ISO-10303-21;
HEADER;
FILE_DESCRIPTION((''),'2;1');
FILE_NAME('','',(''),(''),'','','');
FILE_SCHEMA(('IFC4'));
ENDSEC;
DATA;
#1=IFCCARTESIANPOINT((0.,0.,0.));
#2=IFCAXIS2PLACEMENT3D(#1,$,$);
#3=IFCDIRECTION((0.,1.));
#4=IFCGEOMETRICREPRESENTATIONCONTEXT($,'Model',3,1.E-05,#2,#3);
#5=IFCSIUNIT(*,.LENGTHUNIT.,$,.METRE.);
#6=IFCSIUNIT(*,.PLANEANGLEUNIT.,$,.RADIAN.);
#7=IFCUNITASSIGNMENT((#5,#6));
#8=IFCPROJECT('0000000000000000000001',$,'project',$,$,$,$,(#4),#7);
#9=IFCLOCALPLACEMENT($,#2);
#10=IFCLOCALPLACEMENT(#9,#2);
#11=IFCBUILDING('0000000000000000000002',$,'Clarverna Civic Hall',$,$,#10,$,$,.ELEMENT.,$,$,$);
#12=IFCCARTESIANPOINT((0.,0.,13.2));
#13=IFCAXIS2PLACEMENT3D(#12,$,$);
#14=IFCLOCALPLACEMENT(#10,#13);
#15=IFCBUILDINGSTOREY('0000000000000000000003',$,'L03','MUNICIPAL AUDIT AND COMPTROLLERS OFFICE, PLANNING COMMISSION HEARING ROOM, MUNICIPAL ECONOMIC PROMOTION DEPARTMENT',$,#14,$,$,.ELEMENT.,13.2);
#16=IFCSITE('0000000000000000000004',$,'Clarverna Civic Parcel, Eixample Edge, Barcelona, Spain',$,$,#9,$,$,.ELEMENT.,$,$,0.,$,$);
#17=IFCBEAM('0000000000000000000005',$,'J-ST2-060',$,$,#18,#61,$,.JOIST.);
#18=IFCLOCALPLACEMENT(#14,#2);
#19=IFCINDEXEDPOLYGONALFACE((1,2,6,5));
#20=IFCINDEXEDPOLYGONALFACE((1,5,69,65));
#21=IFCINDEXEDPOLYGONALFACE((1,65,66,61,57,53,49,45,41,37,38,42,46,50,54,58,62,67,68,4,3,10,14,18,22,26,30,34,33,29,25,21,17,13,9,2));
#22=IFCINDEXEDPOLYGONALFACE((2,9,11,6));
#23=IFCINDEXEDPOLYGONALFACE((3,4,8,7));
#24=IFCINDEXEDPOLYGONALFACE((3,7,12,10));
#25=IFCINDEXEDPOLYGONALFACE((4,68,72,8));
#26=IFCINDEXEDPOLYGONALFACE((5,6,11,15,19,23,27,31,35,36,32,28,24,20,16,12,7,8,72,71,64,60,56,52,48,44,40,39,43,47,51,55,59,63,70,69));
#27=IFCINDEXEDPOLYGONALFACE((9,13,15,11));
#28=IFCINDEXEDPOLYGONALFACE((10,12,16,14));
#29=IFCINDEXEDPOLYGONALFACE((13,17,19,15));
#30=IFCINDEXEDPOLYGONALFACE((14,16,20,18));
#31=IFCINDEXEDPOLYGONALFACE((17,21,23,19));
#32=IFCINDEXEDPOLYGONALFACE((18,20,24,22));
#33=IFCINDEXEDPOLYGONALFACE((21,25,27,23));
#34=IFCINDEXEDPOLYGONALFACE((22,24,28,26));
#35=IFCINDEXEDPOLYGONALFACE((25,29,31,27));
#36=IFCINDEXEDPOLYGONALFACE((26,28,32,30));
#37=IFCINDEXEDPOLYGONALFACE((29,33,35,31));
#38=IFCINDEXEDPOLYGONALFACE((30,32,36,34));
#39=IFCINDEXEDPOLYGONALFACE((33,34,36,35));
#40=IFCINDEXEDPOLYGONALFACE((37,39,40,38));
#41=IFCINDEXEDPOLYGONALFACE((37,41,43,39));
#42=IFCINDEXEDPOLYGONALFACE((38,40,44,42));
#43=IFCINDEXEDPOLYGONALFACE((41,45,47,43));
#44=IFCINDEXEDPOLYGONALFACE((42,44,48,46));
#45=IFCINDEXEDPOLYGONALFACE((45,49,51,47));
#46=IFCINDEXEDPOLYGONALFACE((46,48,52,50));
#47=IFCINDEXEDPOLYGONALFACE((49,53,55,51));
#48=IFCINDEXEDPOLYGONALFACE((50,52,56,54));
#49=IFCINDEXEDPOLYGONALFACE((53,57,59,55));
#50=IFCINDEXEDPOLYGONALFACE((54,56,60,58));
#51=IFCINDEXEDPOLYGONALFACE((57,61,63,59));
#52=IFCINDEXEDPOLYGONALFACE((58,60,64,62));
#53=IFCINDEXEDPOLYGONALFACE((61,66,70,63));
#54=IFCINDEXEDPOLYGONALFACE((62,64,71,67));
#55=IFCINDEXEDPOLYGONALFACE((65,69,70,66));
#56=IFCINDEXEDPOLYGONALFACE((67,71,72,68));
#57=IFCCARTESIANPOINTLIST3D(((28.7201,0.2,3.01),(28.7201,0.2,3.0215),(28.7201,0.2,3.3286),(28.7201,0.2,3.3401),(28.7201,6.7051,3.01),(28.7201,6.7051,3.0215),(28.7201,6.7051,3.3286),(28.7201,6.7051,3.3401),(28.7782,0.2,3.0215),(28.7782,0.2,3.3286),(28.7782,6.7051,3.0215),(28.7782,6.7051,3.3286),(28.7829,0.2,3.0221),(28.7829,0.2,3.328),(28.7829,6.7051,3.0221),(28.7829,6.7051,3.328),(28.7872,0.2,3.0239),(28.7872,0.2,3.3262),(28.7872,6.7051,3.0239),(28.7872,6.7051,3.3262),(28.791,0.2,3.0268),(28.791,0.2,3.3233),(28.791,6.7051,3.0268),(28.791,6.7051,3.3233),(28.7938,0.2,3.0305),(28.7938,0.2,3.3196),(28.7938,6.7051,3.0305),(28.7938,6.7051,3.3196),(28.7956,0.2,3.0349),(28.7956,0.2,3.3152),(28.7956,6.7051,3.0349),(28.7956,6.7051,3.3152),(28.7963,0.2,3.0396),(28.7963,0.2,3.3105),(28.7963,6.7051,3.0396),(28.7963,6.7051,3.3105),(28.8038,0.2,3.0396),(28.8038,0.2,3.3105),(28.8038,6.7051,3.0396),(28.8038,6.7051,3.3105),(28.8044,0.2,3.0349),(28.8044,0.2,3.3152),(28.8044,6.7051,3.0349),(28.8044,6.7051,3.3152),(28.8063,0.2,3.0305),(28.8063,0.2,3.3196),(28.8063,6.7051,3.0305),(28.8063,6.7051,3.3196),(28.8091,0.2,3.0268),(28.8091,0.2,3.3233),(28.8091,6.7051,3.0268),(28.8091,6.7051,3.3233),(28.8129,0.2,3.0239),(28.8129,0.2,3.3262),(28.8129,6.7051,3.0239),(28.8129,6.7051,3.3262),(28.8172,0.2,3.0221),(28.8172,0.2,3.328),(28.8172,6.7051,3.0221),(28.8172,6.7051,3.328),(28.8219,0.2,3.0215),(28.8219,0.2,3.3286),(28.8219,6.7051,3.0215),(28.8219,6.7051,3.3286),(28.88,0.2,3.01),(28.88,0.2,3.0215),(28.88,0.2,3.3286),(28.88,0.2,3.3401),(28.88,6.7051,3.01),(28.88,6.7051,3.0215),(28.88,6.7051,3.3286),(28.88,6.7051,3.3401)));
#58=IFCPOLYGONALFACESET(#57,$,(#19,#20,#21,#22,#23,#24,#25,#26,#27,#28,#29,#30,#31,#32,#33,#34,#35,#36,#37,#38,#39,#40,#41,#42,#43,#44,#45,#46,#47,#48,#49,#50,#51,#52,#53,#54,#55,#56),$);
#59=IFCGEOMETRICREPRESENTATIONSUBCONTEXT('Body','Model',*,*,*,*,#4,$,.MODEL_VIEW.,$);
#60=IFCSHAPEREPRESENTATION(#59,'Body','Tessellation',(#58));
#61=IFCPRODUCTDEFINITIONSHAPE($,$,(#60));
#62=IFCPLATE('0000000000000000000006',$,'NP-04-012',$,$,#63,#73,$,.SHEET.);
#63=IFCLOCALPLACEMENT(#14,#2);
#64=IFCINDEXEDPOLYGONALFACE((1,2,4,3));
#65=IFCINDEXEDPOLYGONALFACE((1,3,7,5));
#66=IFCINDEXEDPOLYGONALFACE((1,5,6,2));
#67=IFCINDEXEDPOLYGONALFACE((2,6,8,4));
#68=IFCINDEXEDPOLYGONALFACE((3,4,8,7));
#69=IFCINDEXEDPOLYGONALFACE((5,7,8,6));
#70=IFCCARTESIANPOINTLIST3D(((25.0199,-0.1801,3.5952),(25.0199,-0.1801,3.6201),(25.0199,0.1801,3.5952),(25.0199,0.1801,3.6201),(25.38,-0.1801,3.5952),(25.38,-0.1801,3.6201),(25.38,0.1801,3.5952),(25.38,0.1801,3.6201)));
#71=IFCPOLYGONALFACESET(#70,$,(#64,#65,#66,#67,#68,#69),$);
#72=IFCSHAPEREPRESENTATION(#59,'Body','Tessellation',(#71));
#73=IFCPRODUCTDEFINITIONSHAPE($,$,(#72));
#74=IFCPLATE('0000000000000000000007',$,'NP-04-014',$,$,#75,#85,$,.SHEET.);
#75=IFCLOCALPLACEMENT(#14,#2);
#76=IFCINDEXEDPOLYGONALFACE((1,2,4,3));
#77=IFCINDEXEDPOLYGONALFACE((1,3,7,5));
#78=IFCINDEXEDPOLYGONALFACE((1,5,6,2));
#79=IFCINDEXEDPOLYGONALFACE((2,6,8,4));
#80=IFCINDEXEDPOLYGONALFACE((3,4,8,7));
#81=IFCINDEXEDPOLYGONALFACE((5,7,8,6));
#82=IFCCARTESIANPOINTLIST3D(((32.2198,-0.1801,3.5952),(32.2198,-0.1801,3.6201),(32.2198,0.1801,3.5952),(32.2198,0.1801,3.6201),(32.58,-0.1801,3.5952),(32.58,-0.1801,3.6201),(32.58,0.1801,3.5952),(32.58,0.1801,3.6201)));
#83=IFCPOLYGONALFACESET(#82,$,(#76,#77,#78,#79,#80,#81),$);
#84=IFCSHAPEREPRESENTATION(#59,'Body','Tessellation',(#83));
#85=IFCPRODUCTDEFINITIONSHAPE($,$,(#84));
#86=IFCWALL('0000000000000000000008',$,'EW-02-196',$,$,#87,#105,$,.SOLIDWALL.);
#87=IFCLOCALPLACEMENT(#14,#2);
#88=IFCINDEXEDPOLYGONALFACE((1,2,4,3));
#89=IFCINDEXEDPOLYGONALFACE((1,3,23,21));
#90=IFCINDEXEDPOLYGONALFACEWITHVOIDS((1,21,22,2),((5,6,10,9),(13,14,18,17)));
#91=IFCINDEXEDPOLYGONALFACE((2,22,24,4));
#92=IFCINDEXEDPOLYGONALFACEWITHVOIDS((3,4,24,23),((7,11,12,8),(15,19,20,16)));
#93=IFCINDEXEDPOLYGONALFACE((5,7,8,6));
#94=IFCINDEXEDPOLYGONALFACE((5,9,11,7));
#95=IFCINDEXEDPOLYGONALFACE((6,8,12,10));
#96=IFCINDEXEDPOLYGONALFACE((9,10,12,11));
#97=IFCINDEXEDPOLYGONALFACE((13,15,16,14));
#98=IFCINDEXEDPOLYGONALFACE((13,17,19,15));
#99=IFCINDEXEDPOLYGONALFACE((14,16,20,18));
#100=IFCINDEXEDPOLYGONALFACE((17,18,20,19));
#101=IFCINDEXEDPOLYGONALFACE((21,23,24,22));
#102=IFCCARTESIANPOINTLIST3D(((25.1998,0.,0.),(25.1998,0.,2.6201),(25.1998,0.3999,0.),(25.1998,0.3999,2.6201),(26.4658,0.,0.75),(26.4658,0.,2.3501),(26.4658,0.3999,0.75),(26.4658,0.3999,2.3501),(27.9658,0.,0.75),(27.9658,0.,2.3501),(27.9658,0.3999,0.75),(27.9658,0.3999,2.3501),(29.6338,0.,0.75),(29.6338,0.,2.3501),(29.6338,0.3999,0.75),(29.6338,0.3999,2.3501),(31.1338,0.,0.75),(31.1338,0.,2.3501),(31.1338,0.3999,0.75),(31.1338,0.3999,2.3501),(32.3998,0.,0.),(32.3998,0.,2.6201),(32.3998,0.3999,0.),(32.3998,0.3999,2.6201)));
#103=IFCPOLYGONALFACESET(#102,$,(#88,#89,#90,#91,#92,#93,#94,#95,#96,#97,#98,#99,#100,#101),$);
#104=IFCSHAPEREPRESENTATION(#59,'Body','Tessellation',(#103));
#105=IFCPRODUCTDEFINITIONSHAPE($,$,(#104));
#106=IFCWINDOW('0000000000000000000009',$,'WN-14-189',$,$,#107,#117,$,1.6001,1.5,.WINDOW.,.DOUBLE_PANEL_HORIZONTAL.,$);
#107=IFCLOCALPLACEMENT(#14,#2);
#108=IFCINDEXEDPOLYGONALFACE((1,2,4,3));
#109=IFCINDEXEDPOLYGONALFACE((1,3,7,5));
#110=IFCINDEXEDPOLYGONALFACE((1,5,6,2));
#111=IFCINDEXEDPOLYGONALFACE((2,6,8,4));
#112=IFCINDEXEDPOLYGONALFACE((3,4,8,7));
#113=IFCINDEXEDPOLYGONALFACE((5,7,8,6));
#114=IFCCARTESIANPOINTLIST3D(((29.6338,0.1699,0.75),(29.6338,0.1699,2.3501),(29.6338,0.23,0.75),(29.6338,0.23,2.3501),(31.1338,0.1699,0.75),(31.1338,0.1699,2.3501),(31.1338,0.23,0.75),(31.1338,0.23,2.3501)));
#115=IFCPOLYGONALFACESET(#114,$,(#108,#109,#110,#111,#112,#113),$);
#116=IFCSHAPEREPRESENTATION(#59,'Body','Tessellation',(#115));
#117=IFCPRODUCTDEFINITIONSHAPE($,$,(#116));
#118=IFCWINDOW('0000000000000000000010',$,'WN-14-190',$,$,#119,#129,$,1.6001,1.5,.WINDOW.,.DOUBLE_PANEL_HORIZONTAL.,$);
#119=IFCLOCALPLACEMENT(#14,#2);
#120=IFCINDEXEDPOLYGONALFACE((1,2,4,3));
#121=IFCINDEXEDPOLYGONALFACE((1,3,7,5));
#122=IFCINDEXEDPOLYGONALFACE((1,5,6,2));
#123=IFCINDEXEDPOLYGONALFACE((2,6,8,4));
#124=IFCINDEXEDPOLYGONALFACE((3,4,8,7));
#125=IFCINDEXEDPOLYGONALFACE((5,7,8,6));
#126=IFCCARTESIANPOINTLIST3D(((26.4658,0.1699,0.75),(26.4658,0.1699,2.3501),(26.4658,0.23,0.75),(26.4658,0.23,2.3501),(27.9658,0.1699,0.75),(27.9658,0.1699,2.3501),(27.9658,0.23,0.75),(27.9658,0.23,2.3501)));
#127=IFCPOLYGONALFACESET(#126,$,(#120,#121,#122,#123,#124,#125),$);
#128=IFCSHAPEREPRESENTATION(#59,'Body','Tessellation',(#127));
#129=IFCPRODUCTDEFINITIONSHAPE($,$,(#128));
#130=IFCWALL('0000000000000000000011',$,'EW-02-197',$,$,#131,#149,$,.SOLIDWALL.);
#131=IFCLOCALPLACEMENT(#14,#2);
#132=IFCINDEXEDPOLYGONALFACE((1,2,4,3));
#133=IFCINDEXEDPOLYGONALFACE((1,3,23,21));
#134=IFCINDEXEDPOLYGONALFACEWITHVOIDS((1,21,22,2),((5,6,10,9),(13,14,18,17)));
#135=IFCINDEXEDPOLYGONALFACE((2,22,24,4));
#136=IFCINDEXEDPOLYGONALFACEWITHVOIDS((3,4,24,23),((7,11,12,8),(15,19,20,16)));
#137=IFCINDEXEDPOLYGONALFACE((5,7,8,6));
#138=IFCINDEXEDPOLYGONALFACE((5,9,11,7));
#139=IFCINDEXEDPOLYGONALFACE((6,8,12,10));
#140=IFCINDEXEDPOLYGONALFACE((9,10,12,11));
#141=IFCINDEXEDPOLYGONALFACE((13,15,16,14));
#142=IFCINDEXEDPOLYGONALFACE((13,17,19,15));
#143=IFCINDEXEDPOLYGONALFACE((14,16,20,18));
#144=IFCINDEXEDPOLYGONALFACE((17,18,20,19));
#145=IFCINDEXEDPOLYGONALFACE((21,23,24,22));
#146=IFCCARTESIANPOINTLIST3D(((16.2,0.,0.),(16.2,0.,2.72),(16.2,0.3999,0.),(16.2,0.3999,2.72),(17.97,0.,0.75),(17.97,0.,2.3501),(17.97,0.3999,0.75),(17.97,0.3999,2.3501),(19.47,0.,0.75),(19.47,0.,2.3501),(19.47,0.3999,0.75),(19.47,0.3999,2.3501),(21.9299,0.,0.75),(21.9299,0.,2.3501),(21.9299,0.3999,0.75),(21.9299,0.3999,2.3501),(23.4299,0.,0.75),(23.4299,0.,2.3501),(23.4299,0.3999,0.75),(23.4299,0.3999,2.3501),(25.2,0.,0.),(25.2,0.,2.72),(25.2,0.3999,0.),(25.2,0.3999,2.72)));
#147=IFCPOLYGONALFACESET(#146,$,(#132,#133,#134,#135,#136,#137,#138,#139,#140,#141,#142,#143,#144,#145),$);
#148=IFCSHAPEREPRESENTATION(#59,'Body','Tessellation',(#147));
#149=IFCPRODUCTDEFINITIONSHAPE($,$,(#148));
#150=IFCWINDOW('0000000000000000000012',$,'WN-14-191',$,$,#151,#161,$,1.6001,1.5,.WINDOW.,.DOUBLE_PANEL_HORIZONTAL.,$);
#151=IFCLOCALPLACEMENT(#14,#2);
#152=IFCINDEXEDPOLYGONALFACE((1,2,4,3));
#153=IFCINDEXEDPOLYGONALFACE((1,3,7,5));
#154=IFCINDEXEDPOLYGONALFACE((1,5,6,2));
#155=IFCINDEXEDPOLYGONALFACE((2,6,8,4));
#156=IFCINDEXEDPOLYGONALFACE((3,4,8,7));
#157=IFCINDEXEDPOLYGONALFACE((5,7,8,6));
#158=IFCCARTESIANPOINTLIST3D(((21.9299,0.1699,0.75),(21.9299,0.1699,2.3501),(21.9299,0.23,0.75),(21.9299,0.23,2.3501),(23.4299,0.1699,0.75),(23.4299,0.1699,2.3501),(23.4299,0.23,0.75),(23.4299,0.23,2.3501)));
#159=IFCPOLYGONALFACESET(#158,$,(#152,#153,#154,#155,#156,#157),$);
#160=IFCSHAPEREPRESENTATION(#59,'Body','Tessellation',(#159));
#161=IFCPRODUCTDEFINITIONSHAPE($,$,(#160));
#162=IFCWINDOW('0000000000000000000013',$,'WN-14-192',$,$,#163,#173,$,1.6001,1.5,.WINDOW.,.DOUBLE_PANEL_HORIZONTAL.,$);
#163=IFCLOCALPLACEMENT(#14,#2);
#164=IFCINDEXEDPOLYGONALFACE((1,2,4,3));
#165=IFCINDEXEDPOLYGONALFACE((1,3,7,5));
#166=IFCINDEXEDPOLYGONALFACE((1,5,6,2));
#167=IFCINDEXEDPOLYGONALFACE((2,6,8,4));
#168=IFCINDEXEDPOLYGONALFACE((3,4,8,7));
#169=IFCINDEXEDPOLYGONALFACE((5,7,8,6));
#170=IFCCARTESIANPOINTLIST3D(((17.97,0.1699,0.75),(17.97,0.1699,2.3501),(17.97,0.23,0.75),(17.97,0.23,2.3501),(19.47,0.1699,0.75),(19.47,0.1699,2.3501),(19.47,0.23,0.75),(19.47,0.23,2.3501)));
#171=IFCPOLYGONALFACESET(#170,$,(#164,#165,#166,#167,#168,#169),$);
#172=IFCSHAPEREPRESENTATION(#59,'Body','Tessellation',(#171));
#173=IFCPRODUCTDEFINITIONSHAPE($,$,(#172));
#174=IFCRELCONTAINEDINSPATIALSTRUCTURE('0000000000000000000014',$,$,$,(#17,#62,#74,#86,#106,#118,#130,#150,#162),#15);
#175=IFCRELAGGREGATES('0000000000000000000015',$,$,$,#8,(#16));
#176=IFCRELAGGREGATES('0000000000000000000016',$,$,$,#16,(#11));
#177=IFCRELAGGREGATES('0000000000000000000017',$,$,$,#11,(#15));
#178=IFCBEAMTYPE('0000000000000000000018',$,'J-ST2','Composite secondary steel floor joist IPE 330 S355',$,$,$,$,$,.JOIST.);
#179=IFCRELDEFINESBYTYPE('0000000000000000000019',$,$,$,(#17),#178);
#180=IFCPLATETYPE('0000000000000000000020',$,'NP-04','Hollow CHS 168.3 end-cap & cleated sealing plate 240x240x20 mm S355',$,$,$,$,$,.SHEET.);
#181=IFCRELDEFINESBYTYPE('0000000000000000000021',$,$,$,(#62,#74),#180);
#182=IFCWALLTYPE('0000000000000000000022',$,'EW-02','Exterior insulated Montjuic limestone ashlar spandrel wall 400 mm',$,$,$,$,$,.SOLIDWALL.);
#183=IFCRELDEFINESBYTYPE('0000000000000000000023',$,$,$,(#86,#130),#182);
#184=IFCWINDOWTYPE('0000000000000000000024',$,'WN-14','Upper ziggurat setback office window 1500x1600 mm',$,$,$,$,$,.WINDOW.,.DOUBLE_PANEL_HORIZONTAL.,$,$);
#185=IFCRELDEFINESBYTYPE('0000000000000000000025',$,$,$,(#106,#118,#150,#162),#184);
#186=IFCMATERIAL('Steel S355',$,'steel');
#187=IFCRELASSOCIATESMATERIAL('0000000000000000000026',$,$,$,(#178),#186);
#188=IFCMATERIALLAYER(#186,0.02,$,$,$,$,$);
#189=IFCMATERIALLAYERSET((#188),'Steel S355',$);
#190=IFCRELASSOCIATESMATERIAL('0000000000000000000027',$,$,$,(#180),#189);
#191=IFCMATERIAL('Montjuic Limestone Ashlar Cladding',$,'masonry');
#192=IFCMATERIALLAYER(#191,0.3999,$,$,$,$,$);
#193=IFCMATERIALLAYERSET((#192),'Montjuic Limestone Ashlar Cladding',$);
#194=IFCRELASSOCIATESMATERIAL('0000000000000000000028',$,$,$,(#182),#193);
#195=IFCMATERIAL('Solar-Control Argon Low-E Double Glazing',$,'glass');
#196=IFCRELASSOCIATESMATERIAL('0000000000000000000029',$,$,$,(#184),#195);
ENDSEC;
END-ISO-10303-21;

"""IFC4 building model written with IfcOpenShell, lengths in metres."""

from ifc_helpers import new_model, si_unit, direction, frame, frame_2d, origin, origin_2d, place, context, subcontext, project, spatial, rectangle, i_section, extrude, material, layer, layer_set, material_profile, profile_set, type_object, element, fill, save


model = new_model("IFC4")

# Units and contexts
model_context = context("Model", 3, precision=1e-05, world=origin(), true_north=direction((0.0, 1.0)))
body_context = subcontext(model_context, "Body", "Model", "MODEL_VIEW")
ifc_project = project(units=[si_unit("LENGTHUNIT", "METRE"), si_unit("PLANEANGLEUNIT", "RADIAN")], contexts=[model_context])

# Site, building, storey
site_placement = place(None, origin())
site = spatial("IfcSite", under=ifc_project, at=site_placement, Name="Clarverna Civic Parcel, Eixample Edge, Barcelona, Spain", CompositionType="ELEMENT", RefElevation=0.0)
building_placement = place(site_placement, origin())
building = spatial("IfcBuilding", under=site, at=building_placement, Name="Clarverna Civic Hall", CompositionType="ELEMENT")
storey_placement = place(building_placement, frame((0.0, 0.0, 13.2)))
storey = spatial("IfcBuildingStorey", under=building, at=storey_placement, Name="L03", Description="MUNICIPAL AUDIT AND COMPTROLLERS OFFICE, PLANNING COMMISSION HEARING ROOM, MUNICIPAL ECONOMIC PROMOTION DEPARTMENT", CompositionType="ELEMENT", Elevation=13.2)

# Shared definitions
ifc_material_1 = material(Name="Steel S355", Category="steel")

# Beam
ifc_material_profile_1 = material_profile(ifc_material_1, i_section(OverallWidth=0.1599, OverallDepth=0.3301, WebThickness=0.0076, FlangeThickness=0.0115, FilletRadius=0.0181, at=origin_2d()), Name="IPE 330")
ifc_profile_set_1 = profile_set([ifc_material_profile_1], Name="Steel S355")
beam_type_1 = type_object("IfcBeamType", Name="J-ST2", Description="Composite secondary steel floor joist IPE 330 S355", PredefinedType="JOIST", material=ifc_profile_set_1)
beam_1_placement = place(storey_placement, frame((28.8, 0.2, 3.175), z_axis=(0.0, 1.0, 0.0), x_axis=(-1.0, 0.0, 0.0)))
element("IfcBeam", 1, at=beam_1_placement, inside=storey, type_object=beam_type_1, Name="J-ST2-060", PredefinedType="JOIST", context=body_context, shape_type="SweptSolid", body=[
    extrude(i_section(OverallWidth=0.1599, OverallDepth=0.3301, WebThickness=0.0076, FlangeThickness=0.0115, FilletRadius=0.0181, at=origin_2d()), origin(), (0.0, 0.0, 1.0), 6.5051),
])

# Plates
ifc_layer_1 = layer(ifc_material_1, 0.02)
ifc_layer_set_1 = layer_set([ifc_layer_1], Name="Steel S355")
plate_type = type_object("IfcPlateType", Name="NP-04", Description="Hollow CHS 168.3 end-cap & cleated sealing plate 240x240x20 mm S355", PredefinedType="SHEET", material=ifc_layer_set_1)
for number, where, z_axis, x_axis, name in (
    (2, (25.2, 0.0, 3.5952), (0.0, 0.0, 1.0), (1.0, 0.0, 0.0), "NP-04-012"),
    (3, (32.3999, 0.0, 3.5952), (0.0, 0.0, 1.0), (1.0, 0.0, 0.0), "NP-04-014"),
):
    element("IfcPlate", number, at=place(storey_placement, frame(where, z_axis=z_axis, x_axis=x_axis)), inside=storey, type_object=plate_type, Name=name, PredefinedType="SHEET", context=body_context, shape_type="SweptSolid", body=[
        extrude(rectangle(XDim=0.3601, YDim=0.3601, at=origin_2d()), origin(), (0.0, 0.0, 1.0), 0.0249),
    ])

# Walls, openings, windows
ifc_material_2 = material(Name="Montjuic Limestone Ashlar Cladding", Category="masonry")
ifc_layer_2 = layer(ifc_material_2, 0.3999)
ifc_layer_set_2 = layer_set([ifc_layer_2], Name="Montjuic Limestone Ashlar Cladding")
wall_type_1 = type_object("IfcWallType", Name="EW-02", Description="Exterior insulated Montjuic limestone ashlar spandrel wall 400 mm", PredefinedType="SOLIDWALL", material=ifc_layer_set_2)
wall_1_placement = place(storey_placement, frame((32.3999, 0.2, 0.0), z_axis=(0.0, 0.0, 1.0), x_axis=(-1.0, 0.0, 0.0)))
wall_1 = element("IfcWall", 4, at=wall_1_placement, inside=storey, type_object=wall_type_1, Name="EW-02-196", PredefinedType="SOLIDWALL", context=body_context, shape_type="SweptSolid", body=[
    extrude(rectangle(XDim=7.2, YDim=0.3999, at=frame_2d((3.6001, 0.0))), origin(), (0.0, 0.0, 1.0), 2.6201),
])
opening_1_placement = place(wall_1_placement, frame((1.2661, 0.0, 0.75)))
opening_1 = element("IfcOpeningElement", 5, at=opening_1_placement, cuts=wall_1, PredefinedType="OPENING", context=body_context, shape_type="SweptSolid", body=[
    extrude(rectangle(XDim=1.5, YDim=1.6001, at=frame_2d((0.75, 0.8))), frame((0.0, 0.21, 0.0), z_axis=(0.0, -1.0, 0.0), x_axis=(1.0, 0.0, 0.0)), (0.0, 0.0, 1.0), 0.4199),
])
opening_2_placement = place(wall_1_placement, frame((4.4341, 0.0, 0.75)))
opening_2 = element("IfcOpeningElement", 6, at=opening_2_placement, cuts=wall_1, PredefinedType="OPENING", context=body_context, shape_type="SweptSolid", body=[
    extrude(rectangle(XDim=1.5, YDim=1.6001, at=frame_2d((0.75, 0.8))), frame((0.0, 0.21, 0.0), z_axis=(0.0, -1.0, 0.0), x_axis=(1.0, 0.0, 0.0)), (0.0, 0.0, 1.0), 0.4199),
])
ifc_material_3 = material(Name="Solar-Control Argon Low-E Double Glazing", Category="glass")
window_type = type_object("IfcWindowType", Name="WN-14", Description="Upper ziggurat setback office window 1500x1600 mm", PartitioningType="DOUBLE_PANEL_HORIZONTAL", PredefinedType="WINDOW", material=ifc_material_3)
window_1_placement = place(opening_1_placement, origin())
window_1 = element("IfcWindow", 7, at=window_1_placement, inside=storey, type_object=window_type, Name="WN-14-189", OverallHeight=1.6001, OverallWidth=1.5, PartitioningType="DOUBLE_PANEL_HORIZONTAL", PredefinedType="WINDOW", context=body_context, shape_type="SweptSolid", body=[
    extrude(rectangle(XDim=1.5, YDim=1.6001, at=frame_2d((0.75, 0.8))), frame((0.0, 0.03, 0.0), z_axis=(0.0, -1.0, 0.0), x_axis=(1.0, 0.0, 0.0)), (0.0, 0.0, 1.0), 0.0601),
])
fill(opening_1, window_1)
window_2_placement = place(opening_2_placement, origin())
window_2 = element("IfcWindow", 8, at=window_2_placement, inside=storey, type_object=window_type, Name="WN-14-190", OverallHeight=1.6001, OverallWidth=1.5, PartitioningType="DOUBLE_PANEL_HORIZONTAL", PredefinedType="WINDOW", context=body_context, shape_type="SweptSolid", body=[
    extrude(rectangle(XDim=1.5, YDim=1.6001, at=frame_2d((0.75, 0.8))), frame((0.0, 0.03, 0.0), z_axis=(0.0, -1.0, 0.0), x_axis=(1.0, 0.0, 0.0)), (0.0, 0.0, 1.0), 0.0601),
])
fill(opening_2, window_2)
wall_2_placement = place(storey_placement, frame((25.2, 0.2, 0.0), z_axis=(0.0, 0.0, 1.0), x_axis=(-1.0, 0.0, 0.0)))
wall_2 = element("IfcWall", 9, at=wall_2_placement, inside=storey, type_object=wall_type_1, Name="EW-02-197", PredefinedType="SOLIDWALL", context=body_context, shape_type="SweptSolid", body=[
    extrude(rectangle(XDim=9.0, YDim=0.3999, at=frame_2d((4.5, 0.0))), origin(), (0.0, 0.0, 1.0), 2.72),
])
opening_3_placement = place(wall_2_placement, frame((1.77, 0.0, 0.75)))
opening_3 = element("IfcOpeningElement", 10, at=opening_3_placement, cuts=wall_2, PredefinedType="OPENING", context=body_context, shape_type="SweptSolid", body=[
    extrude(rectangle(XDim=1.5, YDim=1.6001, at=frame_2d((0.75, 0.8))), frame((0.0, 0.21, 0.0), z_axis=(0.0, -1.0, 0.0), x_axis=(1.0, 0.0, 0.0)), (0.0, 0.0, 1.0), 0.4199),
])
opening_4_placement = place(wall_2_placement, frame((5.73, 0.0, 0.75)))
opening_4 = element("IfcOpeningElement", 11, at=opening_4_placement, cuts=wall_2, PredefinedType="OPENING", context=body_context, shape_type="SweptSolid", body=[
    extrude(rectangle(XDim=1.5, YDim=1.6001, at=frame_2d((0.75, 0.8))), frame((0.0, 0.21, 0.0), z_axis=(0.0, -1.0, 0.0), x_axis=(1.0, 0.0, 0.0)), (0.0, 0.0, 1.0), 0.4199),
])
window_3_placement = place(opening_3_placement, origin())
window_3 = element("IfcWindow", 12, at=window_3_placement, inside=storey, type_object=window_type, Name="WN-14-191", OverallHeight=1.6001, OverallWidth=1.5, PartitioningType="DOUBLE_PANEL_HORIZONTAL", PredefinedType="WINDOW", context=body_context, shape_type="SweptSolid", body=[
    extrude(rectangle(XDim=1.5, YDim=1.6001, at=frame_2d((0.75, 0.8))), frame((0.0, 0.03, 0.0), z_axis=(0.0, -1.0, 0.0), x_axis=(1.0, 0.0, 0.0)), (0.0, 0.0, 1.0), 0.0601),
])
fill(opening_3, window_3)
window_4_placement = place(opening_4_placement, origin())
window_4 = element("IfcWindow", 13, at=window_4_placement, inside=storey, type_object=window_type, Name="WN-14-192", OverallHeight=1.6001, OverallWidth=1.5, PartitioningType="DOUBLE_PANEL_HORIZONTAL", PredefinedType="WINDOW", context=body_context, shape_type="SweptSolid", body=[
    extrude(rectangle(XDim=1.5, YDim=1.6001, at=frame_2d((0.75, 0.8))), frame((0.0, 0.03, 0.0), z_axis=(0.0, -1.0, 0.0), x_axis=(1.0, 0.0, 0.0)), (0.0, 0.0, 1.0), 0.0601),
])
fill(opening_4, window_4)

save(model, "model.ifc")
